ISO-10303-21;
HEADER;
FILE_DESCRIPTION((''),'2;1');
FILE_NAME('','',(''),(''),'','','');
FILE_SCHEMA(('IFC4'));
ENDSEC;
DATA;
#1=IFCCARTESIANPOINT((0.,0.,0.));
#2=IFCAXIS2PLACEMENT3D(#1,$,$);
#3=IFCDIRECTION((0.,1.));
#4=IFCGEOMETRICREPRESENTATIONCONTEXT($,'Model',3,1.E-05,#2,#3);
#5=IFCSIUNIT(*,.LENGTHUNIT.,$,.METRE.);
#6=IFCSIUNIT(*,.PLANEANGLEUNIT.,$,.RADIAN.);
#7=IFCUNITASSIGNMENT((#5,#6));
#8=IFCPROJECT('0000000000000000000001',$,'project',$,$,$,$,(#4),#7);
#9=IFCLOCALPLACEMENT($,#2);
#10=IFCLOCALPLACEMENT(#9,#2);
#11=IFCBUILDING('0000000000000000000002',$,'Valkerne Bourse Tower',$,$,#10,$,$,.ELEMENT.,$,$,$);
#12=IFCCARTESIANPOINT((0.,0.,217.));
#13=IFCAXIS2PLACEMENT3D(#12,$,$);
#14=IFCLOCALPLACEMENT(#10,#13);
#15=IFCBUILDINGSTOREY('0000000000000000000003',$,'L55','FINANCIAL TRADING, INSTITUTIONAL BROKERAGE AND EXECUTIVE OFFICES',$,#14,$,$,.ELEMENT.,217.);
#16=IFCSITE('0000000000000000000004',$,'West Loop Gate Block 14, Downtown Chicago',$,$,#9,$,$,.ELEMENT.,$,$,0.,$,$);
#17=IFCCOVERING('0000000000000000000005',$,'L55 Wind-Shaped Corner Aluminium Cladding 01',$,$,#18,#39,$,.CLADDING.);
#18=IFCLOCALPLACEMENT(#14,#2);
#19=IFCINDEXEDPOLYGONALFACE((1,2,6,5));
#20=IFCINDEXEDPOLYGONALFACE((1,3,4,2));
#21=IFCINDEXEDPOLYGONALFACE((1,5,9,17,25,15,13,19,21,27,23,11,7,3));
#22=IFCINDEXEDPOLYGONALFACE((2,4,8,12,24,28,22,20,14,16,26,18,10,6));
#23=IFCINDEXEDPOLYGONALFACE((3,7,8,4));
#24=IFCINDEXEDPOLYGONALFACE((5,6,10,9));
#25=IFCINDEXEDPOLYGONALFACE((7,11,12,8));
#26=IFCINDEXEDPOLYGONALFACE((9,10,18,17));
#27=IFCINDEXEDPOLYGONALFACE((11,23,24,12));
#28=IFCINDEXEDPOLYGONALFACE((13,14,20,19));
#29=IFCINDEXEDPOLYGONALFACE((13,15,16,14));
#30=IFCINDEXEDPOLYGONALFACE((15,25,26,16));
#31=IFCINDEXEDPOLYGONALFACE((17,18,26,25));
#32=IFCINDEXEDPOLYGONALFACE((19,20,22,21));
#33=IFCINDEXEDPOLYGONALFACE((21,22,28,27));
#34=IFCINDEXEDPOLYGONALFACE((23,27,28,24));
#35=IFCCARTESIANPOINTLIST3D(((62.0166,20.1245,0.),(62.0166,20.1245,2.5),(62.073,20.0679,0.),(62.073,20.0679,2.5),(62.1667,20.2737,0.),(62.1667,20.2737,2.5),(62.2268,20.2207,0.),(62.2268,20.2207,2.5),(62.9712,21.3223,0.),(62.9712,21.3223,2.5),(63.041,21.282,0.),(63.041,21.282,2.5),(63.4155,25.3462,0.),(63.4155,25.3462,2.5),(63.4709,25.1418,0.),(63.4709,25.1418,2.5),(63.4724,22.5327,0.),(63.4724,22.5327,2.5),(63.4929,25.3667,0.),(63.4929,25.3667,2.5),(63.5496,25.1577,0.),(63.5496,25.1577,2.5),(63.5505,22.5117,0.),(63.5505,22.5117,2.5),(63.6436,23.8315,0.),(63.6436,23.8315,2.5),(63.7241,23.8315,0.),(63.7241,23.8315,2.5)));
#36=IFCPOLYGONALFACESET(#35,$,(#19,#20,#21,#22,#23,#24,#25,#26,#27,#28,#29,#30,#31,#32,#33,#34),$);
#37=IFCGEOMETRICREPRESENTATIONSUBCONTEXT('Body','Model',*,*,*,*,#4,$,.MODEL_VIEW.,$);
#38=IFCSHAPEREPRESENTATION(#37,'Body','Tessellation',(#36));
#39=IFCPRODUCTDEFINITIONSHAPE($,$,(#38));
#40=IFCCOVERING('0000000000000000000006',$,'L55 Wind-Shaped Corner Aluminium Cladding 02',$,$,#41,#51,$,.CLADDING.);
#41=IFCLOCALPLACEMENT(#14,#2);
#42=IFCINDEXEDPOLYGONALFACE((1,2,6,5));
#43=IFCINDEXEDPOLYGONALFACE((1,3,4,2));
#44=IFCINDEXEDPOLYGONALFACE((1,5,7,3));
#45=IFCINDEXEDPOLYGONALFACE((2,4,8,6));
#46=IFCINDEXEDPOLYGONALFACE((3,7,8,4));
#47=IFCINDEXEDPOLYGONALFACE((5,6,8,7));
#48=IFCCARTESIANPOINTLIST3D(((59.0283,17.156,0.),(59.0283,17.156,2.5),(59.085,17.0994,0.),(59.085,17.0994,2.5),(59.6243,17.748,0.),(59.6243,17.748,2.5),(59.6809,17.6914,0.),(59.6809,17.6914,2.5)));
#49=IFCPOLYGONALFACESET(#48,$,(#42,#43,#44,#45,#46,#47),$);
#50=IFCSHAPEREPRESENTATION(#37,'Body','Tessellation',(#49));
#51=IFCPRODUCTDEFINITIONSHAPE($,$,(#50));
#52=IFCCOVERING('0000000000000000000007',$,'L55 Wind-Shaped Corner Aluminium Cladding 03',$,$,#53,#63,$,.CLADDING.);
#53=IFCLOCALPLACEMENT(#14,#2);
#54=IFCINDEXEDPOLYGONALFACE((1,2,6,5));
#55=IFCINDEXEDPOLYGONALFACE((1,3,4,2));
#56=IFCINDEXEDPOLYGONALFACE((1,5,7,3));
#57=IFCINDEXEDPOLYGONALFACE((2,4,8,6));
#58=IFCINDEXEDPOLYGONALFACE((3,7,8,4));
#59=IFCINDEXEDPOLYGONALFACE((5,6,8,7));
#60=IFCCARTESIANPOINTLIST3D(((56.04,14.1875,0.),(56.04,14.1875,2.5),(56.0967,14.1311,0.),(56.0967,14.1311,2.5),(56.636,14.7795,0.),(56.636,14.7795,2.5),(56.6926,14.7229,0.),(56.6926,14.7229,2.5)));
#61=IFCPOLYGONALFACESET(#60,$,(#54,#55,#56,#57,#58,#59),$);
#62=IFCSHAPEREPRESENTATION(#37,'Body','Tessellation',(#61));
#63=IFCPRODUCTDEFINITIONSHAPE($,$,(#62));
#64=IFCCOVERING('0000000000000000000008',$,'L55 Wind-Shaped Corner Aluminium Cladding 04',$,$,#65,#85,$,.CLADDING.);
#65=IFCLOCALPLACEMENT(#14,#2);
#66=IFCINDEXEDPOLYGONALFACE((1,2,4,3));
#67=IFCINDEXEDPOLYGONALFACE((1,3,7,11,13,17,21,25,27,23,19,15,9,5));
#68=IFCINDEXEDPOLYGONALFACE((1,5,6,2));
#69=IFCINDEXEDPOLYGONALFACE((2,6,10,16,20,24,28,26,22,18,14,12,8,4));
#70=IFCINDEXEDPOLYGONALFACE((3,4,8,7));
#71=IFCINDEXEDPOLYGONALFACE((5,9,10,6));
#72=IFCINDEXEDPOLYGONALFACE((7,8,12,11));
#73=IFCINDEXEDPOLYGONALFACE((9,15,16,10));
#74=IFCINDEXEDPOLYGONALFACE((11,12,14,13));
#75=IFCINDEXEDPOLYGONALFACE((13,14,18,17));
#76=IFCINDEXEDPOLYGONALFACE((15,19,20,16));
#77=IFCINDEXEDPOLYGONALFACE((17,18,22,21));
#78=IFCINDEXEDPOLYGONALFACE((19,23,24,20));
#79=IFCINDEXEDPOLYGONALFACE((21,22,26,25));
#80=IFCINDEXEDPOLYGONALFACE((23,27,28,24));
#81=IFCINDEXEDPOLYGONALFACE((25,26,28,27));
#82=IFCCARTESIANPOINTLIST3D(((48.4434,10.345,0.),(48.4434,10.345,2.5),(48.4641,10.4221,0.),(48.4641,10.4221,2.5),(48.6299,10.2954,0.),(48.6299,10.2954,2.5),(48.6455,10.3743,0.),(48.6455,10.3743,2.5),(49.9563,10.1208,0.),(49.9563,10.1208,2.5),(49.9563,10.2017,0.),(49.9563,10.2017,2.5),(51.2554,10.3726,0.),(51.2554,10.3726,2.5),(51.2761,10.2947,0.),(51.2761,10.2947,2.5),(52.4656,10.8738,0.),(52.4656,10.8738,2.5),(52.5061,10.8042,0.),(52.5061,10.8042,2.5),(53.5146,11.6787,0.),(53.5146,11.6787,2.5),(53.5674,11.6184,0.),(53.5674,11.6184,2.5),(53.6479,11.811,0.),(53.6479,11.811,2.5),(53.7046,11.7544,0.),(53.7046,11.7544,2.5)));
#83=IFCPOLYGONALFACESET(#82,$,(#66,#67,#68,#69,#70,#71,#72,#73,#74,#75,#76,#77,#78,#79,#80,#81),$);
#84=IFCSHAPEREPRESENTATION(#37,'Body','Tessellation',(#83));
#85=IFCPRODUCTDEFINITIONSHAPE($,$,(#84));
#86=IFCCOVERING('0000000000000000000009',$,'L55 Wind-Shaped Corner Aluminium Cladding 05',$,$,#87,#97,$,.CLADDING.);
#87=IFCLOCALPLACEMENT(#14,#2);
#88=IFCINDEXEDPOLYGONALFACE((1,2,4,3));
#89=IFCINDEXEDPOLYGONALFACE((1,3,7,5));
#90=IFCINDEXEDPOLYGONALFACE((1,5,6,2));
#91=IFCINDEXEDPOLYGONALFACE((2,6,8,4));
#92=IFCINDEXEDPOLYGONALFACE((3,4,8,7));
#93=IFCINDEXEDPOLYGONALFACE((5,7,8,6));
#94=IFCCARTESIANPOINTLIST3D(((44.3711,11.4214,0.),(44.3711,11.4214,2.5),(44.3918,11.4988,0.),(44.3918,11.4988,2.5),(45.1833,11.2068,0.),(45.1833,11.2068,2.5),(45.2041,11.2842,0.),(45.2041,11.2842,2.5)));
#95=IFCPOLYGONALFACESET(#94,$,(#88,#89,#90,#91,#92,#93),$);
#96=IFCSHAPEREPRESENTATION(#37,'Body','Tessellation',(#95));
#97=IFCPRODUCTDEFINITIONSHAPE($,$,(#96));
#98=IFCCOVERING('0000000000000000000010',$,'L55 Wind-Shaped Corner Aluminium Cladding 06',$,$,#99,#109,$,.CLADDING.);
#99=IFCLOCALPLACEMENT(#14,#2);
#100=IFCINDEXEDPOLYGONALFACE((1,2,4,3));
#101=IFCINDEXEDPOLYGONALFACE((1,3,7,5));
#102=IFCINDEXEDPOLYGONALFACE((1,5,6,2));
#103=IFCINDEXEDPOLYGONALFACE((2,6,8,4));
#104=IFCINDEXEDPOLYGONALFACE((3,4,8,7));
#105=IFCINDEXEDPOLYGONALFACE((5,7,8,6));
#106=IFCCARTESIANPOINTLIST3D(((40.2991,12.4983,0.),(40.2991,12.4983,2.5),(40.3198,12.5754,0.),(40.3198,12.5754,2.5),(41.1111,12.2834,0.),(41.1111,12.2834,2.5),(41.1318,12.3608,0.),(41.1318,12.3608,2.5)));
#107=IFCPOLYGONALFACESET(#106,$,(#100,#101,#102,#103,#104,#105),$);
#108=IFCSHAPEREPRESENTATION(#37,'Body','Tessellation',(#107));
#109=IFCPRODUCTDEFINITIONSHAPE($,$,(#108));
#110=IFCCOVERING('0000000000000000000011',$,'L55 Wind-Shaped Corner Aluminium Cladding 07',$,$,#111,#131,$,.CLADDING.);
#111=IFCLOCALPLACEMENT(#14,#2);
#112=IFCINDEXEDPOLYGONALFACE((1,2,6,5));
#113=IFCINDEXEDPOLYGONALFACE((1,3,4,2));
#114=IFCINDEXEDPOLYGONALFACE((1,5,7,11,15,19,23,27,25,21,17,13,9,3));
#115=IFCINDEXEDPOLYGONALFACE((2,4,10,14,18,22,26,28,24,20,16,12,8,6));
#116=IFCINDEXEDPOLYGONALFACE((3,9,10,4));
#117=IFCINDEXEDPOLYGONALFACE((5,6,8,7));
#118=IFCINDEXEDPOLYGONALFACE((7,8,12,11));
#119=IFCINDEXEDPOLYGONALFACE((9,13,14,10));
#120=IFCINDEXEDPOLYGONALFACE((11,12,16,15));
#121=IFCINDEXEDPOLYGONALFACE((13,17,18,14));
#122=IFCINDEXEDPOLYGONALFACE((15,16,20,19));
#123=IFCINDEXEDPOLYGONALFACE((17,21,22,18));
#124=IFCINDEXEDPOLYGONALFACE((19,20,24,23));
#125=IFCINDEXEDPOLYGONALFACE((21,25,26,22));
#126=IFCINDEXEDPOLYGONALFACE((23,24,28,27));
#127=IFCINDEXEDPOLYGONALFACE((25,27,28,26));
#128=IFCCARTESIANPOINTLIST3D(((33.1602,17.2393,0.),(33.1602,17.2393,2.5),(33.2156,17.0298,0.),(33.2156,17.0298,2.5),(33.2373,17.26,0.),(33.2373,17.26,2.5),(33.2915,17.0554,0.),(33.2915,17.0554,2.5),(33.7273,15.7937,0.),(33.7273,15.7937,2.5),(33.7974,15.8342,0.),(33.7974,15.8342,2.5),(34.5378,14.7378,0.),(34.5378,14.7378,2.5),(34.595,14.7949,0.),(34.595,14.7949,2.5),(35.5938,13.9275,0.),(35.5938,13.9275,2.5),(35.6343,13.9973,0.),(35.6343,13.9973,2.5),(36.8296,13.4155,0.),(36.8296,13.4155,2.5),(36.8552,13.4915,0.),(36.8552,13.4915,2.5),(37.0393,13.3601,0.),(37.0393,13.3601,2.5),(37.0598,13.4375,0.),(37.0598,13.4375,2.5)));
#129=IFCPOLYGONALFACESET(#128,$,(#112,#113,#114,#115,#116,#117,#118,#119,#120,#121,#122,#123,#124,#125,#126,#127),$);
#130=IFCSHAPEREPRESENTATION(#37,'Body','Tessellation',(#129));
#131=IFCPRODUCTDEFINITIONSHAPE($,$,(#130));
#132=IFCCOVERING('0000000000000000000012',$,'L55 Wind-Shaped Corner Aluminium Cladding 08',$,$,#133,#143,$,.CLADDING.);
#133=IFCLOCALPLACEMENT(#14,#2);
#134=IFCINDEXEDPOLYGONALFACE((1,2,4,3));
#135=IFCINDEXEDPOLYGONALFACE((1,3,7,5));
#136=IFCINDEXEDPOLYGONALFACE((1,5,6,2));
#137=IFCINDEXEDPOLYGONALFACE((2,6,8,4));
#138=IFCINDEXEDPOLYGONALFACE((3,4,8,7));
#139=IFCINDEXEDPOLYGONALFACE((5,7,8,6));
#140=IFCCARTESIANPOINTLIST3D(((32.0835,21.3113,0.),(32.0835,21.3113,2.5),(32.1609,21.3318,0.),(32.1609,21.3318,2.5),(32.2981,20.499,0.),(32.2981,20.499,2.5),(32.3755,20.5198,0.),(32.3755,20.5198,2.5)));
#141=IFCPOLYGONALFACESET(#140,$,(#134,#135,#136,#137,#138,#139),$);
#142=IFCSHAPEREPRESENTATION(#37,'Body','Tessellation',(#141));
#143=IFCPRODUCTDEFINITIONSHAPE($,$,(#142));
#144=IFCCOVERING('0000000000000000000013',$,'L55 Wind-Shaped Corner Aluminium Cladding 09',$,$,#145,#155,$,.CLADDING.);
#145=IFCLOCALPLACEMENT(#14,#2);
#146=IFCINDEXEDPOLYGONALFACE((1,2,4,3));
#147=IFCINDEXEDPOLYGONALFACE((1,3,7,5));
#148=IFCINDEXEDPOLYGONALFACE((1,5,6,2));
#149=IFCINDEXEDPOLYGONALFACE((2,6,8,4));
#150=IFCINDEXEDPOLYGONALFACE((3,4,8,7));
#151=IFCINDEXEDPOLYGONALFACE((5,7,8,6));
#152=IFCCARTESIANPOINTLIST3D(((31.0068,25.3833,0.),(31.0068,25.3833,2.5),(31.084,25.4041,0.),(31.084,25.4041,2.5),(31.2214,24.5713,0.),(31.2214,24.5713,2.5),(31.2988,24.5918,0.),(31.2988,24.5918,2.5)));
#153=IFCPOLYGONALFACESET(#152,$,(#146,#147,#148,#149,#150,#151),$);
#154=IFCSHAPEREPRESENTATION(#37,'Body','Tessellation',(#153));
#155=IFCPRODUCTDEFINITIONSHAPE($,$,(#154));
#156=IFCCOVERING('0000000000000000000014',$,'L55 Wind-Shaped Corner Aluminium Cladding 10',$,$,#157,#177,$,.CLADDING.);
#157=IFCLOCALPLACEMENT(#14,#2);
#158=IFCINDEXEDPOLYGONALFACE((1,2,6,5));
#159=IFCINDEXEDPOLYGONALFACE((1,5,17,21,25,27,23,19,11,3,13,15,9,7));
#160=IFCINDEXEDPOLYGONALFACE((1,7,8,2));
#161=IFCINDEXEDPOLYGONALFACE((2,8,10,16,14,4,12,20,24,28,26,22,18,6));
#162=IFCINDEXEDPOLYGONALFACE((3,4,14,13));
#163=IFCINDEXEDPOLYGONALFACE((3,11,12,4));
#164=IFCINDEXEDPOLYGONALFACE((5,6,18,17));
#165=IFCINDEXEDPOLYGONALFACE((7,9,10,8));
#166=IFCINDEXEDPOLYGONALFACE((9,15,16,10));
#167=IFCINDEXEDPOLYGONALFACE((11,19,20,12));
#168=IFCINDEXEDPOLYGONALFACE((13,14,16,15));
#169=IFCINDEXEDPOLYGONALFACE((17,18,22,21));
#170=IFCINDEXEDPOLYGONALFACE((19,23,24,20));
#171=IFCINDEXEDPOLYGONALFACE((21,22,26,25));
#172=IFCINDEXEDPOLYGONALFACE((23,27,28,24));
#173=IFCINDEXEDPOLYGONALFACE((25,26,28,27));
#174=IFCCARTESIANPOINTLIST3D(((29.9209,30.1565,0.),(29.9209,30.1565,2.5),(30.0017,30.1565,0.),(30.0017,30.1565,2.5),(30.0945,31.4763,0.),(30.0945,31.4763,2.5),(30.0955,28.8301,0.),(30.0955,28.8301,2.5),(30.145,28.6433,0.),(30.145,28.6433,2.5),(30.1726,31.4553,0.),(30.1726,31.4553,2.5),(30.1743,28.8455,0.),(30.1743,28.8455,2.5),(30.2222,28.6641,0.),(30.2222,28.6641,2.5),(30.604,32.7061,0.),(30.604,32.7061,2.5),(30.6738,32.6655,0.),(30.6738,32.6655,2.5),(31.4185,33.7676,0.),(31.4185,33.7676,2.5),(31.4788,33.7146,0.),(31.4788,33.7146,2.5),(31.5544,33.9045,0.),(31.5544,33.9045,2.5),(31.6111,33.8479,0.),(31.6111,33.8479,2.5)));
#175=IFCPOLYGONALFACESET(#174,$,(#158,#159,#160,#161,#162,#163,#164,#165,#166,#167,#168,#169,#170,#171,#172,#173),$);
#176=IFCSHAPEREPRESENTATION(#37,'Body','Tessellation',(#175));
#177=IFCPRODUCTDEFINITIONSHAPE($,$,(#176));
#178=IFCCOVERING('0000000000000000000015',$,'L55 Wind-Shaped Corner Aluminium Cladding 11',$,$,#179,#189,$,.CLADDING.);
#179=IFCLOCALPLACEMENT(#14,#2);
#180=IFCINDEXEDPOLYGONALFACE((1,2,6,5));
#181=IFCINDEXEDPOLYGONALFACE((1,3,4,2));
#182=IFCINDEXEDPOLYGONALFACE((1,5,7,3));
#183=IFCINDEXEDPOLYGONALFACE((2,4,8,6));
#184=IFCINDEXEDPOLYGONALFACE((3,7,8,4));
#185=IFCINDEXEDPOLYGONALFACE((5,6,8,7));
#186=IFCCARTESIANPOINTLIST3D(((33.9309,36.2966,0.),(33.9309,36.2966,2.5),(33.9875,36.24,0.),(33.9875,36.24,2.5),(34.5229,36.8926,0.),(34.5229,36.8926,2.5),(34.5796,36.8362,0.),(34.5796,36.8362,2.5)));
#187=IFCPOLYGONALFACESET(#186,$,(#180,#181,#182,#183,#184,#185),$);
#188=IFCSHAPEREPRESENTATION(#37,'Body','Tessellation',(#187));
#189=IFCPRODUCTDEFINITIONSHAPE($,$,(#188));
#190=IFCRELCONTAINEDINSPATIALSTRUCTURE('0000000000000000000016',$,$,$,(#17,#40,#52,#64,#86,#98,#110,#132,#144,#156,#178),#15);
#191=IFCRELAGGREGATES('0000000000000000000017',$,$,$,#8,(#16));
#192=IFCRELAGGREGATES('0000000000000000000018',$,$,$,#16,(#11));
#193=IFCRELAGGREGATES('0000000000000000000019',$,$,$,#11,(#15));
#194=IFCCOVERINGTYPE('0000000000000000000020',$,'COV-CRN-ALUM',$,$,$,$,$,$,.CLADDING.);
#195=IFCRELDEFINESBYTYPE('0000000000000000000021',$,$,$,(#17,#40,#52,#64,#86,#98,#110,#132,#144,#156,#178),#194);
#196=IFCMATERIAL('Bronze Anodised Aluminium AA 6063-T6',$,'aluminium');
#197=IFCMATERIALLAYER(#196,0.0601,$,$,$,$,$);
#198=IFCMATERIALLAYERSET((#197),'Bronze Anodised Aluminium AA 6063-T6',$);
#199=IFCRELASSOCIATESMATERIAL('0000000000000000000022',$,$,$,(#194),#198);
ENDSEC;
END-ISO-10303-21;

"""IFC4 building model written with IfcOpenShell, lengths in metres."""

from ifc_helpers import new_model, si_unit, direction, frame, origin, place, context, subcontext, project, spatial, polyline, outline, extrude, material, layer, layer_set, type_object, element, save


model = new_model("IFC4")

# Units and contexts
model_context = context("Model", 3, precision=1e-05, world=origin(), true_north=direction((0.0, 1.0)))
body_context = subcontext(model_context, "Body", "Model", "MODEL_VIEW")
ifc_project = project(units=[si_unit("LENGTHUNIT", "METRE"), si_unit("PLANEANGLEUNIT", "RADIAN")], contexts=[model_context])

# Site, building, storey
site_placement = place(None, origin())
site = spatial("IfcSite", under=ifc_project, at=site_placement, Name="West Loop Gate Block 14, Downtown Chicago", CompositionType="ELEMENT", RefElevation=0.0)
building_placement = place(site_placement, origin())
building = spatial("IfcBuilding", under=site, at=building_placement, Name="Valkerne Bourse Tower", CompositionType="ELEMENT")
storey_placement = place(building_placement, frame((0.0, 0.0, 217.0)))
storey = spatial("IfcBuildingStorey", under=building, at=storey_placement, Name="L55", Description="FINANCIAL TRADING, INSTITUTIONAL BROKERAGE AND EXECUTIVE OFFICES", CompositionType="ELEMENT", Elevation=217.0)

# Coverings
ifc_material_1 = material(Name="Bronze Anodised Aluminium AA 6063-T6", Category="aluminium")
ifc_layer_1 = layer(ifc_material_1, 0.0601)
ifc_layer_set_1 = layer_set([ifc_layer_1], Name="Bronze Anodised Aluminium AA 6063-T6")
covering_type = type_object("IfcCoveringType", Name="COV-CRN-ALUM", PredefinedType="CLADDING", material=ifc_layer_set_1)
covering_1_placement = place(storey_placement, origin())
element("IfcCovering", 1, at=covering_1_placement, inside=storey, type_object=covering_type, Name="L55 Wind-Shaped Corner Aluminium Cladding 01", PredefinedType="CLADDING", context=body_context, shape_type="SweptSolid", body=[
    extrude(outline(polyline([(63.7241, 23.8315), (63.5505, 22.5117), (63.041, 21.282), (62.2268, 20.2207), (62.073, 20.0679), (62.0166, 20.1245), (62.1667, 20.2737), (62.9712, 21.3223), (63.4724, 22.5327), (63.6436, 23.8315), (63.4709, 25.1418), (63.4155, 25.3462), (63.4929, 25.3667), (63.5496, 25.1577), (63.7241, 23.8315)])), origin(), (0.0, 0.0, 1.0), 2.5),
])
covering_2_placement = place(storey_placement, origin())
element("IfcCovering", 2, at=covering_2_placement, inside=storey, type_object=covering_type, Name="L55 Wind-Shaped Corner Aluminium Cladding 02", PredefinedType="CLADDING", context=body_context, shape_type="SweptSolid", body=[
    extrude(outline(polyline([(59.085, 17.0994), (59.0283, 17.156), (59.6243, 17.748), (59.6809, 17.6914), (59.085, 17.0994)])), origin(), (0.0, 0.0, 1.0), 2.5),
])
covering_3_placement = place(storey_placement, origin())
element("IfcCovering", 3, at=covering_3_placement, inside=storey, type_object=covering_type, Name="L55 Wind-Shaped Corner Aluminium Cladding 03", PredefinedType="CLADDING", context=body_context, shape_type="SweptSolid", body=[
    extrude(outline(polyline([(56.0967, 14.1311), (56.04, 14.1875), (56.636, 14.7795), (56.6926, 14.7229), (56.0967, 14.1311)])), origin(), (0.0, 0.0, 1.0), 2.5),
])
covering_4_placement = place(storey_placement, origin())
element("IfcCovering", 4, at=covering_4_placement, inside=storey, type_object=covering_type, Name="L55 Wind-Shaped Corner Aluminium Cladding 04", PredefinedType="CLADDING", context=body_context, shape_type="SweptSolid", body=[
    extrude(outline(polyline([(53.5674, 11.6184), (52.5061, 10.8042), (51.2761, 10.2947), (49.9563, 10.1208), (48.6299, 10.2954), (48.4434, 10.345), (48.4641, 10.4221), (48.6455, 10.3743), (49.9563, 10.2017), (51.2554, 10.3726), (52.4656, 10.8738), (53.5146, 11.6787), (53.6479, 11.811), (53.7046, 11.7544), (53.5674, 11.6184)])), origin(), (0.0, 0.0, 1.0), 2.5),
])
covering_5_placement = place(storey_placement, origin())
element("IfcCovering", 5, at=covering_5_placement, inside=storey, type_object=covering_type, Name="L55 Wind-Shaped Corner Aluminium Cladding 05", PredefinedType="CLADDING", context=body_context, shape_type="SweptSolid", body=[
    extrude(outline(polyline([(44.3711, 11.4214), (44.3918, 11.4988), (45.2041, 11.2842), (45.1833, 11.2068), (44.3711, 11.4214)])), origin(), (0.0, 0.0, 1.0), 2.5),
])
covering_6_placement = place(storey_placement, origin())
element("IfcCovering", 6, at=covering_6_placement, inside=storey, type_object=covering_type, Name="L55 Wind-Shaped Corner Aluminium Cladding 06", PredefinedType="CLADDING", context=body_context, shape_type="SweptSolid", body=[
    extrude(outline(polyline([(40.2991, 12.4983), (40.3198, 12.5754), (41.1318, 12.3608), (41.1111, 12.2834), (40.2991, 12.4983)])), origin(), (0.0, 0.0, 1.0), 2.5),
])
covering_7_placement = place(storey_placement, origin())
element("IfcCovering", 7, at=covering_7_placement, inside=storey, type_object=covering_type, Name="L55 Wind-Shaped Corner Aluminium Cladding 07", PredefinedType="CLADDING", context=body_context, shape_type="SweptSolid", body=[
    extrude(outline(polyline([(36.8296, 13.4155), (35.5938, 13.9275), (34.5378, 14.7378), (33.7273, 15.7937), (33.2156, 17.0298), (33.1602, 17.2393), (33.2373, 17.26), (33.2915, 17.0554), (33.7974, 15.8342), (34.595, 14.7949), (35.6343, 13.9973), (36.8552, 13.4915), (37.0598, 13.4375), (37.0393, 13.3601), (36.8296, 13.4155)])), origin(), (0.0, 0.0, 1.0), 2.5),
])
covering_8_placement = place(storey_placement, origin())
element("IfcCovering", 8, at=covering_8_placement, inside=storey, type_object=covering_type, Name="L55 Wind-Shaped Corner Aluminium Cladding 08", PredefinedType="CLADDING", context=body_context, shape_type="SweptSolid", body=[
    extrude(outline(polyline([(32.0835, 21.3113), (32.1609, 21.3318), (32.3755, 20.5198), (32.2981, 20.499), (32.0835, 21.3113)])), origin(), (0.0, 0.0, 1.0), 2.5),
])
covering_9_placement = place(storey_placement, origin())
element("IfcCovering", 9, at=covering_9_placement, inside=storey, type_object=covering_type, Name="L55 Wind-Shaped Corner Aluminium Cladding 09", PredefinedType="CLADDING", context=body_context, shape_type="SweptSolid", body=[
    extrude(outline(polyline([(31.0068, 25.3833), (31.084, 25.4041), (31.2988, 24.5918), (31.2214, 24.5713), (31.0068, 25.3833)])), origin(), (0.0, 0.0, 1.0), 2.5),
])
covering_10_placement = place(storey_placement, origin())
element("IfcCovering", 10, at=covering_10_placement, inside=storey, type_object=covering_type, Name="L55 Wind-Shaped Corner Aluminium Cladding 10", PredefinedType="CLADDING", context=body_context, shape_type="SweptSolid", body=[
    extrude(outline(polyline([(30.0955, 28.8301), (29.9209, 30.1565), (30.0945, 31.4763), (30.604, 32.7061), (31.4185, 33.7676), (31.5544, 33.9045), (31.6111, 33.8479), (31.4788, 33.7146), (30.6738, 32.6655), (30.1726, 31.4553), (30.0017, 30.1565), (30.1743, 28.8455), (30.2222, 28.6641), (30.145, 28.6433), (30.0955, 28.8301)])), origin(), (0.0, 0.0, 1.0), 2.5),
])
covering_11_placement = place(storey_placement, origin())
element("IfcCovering", 11, at=covering_11_placement, inside=storey, type_object=covering_type, Name="L55 Wind-Shaped Corner Aluminium Cladding 11", PredefinedType="CLADDING", context=body_context, shape_type="SweptSolid", body=[
    extrude(outline(polyline([(34.5229, 36.8926), (34.5796, 36.8362), (33.9875, 36.24), (33.9309, 36.2966), (34.5229, 36.8926)])), origin(), (0.0, 0.0, 1.0), 2.5),
])

save(model, "model.ifc")
